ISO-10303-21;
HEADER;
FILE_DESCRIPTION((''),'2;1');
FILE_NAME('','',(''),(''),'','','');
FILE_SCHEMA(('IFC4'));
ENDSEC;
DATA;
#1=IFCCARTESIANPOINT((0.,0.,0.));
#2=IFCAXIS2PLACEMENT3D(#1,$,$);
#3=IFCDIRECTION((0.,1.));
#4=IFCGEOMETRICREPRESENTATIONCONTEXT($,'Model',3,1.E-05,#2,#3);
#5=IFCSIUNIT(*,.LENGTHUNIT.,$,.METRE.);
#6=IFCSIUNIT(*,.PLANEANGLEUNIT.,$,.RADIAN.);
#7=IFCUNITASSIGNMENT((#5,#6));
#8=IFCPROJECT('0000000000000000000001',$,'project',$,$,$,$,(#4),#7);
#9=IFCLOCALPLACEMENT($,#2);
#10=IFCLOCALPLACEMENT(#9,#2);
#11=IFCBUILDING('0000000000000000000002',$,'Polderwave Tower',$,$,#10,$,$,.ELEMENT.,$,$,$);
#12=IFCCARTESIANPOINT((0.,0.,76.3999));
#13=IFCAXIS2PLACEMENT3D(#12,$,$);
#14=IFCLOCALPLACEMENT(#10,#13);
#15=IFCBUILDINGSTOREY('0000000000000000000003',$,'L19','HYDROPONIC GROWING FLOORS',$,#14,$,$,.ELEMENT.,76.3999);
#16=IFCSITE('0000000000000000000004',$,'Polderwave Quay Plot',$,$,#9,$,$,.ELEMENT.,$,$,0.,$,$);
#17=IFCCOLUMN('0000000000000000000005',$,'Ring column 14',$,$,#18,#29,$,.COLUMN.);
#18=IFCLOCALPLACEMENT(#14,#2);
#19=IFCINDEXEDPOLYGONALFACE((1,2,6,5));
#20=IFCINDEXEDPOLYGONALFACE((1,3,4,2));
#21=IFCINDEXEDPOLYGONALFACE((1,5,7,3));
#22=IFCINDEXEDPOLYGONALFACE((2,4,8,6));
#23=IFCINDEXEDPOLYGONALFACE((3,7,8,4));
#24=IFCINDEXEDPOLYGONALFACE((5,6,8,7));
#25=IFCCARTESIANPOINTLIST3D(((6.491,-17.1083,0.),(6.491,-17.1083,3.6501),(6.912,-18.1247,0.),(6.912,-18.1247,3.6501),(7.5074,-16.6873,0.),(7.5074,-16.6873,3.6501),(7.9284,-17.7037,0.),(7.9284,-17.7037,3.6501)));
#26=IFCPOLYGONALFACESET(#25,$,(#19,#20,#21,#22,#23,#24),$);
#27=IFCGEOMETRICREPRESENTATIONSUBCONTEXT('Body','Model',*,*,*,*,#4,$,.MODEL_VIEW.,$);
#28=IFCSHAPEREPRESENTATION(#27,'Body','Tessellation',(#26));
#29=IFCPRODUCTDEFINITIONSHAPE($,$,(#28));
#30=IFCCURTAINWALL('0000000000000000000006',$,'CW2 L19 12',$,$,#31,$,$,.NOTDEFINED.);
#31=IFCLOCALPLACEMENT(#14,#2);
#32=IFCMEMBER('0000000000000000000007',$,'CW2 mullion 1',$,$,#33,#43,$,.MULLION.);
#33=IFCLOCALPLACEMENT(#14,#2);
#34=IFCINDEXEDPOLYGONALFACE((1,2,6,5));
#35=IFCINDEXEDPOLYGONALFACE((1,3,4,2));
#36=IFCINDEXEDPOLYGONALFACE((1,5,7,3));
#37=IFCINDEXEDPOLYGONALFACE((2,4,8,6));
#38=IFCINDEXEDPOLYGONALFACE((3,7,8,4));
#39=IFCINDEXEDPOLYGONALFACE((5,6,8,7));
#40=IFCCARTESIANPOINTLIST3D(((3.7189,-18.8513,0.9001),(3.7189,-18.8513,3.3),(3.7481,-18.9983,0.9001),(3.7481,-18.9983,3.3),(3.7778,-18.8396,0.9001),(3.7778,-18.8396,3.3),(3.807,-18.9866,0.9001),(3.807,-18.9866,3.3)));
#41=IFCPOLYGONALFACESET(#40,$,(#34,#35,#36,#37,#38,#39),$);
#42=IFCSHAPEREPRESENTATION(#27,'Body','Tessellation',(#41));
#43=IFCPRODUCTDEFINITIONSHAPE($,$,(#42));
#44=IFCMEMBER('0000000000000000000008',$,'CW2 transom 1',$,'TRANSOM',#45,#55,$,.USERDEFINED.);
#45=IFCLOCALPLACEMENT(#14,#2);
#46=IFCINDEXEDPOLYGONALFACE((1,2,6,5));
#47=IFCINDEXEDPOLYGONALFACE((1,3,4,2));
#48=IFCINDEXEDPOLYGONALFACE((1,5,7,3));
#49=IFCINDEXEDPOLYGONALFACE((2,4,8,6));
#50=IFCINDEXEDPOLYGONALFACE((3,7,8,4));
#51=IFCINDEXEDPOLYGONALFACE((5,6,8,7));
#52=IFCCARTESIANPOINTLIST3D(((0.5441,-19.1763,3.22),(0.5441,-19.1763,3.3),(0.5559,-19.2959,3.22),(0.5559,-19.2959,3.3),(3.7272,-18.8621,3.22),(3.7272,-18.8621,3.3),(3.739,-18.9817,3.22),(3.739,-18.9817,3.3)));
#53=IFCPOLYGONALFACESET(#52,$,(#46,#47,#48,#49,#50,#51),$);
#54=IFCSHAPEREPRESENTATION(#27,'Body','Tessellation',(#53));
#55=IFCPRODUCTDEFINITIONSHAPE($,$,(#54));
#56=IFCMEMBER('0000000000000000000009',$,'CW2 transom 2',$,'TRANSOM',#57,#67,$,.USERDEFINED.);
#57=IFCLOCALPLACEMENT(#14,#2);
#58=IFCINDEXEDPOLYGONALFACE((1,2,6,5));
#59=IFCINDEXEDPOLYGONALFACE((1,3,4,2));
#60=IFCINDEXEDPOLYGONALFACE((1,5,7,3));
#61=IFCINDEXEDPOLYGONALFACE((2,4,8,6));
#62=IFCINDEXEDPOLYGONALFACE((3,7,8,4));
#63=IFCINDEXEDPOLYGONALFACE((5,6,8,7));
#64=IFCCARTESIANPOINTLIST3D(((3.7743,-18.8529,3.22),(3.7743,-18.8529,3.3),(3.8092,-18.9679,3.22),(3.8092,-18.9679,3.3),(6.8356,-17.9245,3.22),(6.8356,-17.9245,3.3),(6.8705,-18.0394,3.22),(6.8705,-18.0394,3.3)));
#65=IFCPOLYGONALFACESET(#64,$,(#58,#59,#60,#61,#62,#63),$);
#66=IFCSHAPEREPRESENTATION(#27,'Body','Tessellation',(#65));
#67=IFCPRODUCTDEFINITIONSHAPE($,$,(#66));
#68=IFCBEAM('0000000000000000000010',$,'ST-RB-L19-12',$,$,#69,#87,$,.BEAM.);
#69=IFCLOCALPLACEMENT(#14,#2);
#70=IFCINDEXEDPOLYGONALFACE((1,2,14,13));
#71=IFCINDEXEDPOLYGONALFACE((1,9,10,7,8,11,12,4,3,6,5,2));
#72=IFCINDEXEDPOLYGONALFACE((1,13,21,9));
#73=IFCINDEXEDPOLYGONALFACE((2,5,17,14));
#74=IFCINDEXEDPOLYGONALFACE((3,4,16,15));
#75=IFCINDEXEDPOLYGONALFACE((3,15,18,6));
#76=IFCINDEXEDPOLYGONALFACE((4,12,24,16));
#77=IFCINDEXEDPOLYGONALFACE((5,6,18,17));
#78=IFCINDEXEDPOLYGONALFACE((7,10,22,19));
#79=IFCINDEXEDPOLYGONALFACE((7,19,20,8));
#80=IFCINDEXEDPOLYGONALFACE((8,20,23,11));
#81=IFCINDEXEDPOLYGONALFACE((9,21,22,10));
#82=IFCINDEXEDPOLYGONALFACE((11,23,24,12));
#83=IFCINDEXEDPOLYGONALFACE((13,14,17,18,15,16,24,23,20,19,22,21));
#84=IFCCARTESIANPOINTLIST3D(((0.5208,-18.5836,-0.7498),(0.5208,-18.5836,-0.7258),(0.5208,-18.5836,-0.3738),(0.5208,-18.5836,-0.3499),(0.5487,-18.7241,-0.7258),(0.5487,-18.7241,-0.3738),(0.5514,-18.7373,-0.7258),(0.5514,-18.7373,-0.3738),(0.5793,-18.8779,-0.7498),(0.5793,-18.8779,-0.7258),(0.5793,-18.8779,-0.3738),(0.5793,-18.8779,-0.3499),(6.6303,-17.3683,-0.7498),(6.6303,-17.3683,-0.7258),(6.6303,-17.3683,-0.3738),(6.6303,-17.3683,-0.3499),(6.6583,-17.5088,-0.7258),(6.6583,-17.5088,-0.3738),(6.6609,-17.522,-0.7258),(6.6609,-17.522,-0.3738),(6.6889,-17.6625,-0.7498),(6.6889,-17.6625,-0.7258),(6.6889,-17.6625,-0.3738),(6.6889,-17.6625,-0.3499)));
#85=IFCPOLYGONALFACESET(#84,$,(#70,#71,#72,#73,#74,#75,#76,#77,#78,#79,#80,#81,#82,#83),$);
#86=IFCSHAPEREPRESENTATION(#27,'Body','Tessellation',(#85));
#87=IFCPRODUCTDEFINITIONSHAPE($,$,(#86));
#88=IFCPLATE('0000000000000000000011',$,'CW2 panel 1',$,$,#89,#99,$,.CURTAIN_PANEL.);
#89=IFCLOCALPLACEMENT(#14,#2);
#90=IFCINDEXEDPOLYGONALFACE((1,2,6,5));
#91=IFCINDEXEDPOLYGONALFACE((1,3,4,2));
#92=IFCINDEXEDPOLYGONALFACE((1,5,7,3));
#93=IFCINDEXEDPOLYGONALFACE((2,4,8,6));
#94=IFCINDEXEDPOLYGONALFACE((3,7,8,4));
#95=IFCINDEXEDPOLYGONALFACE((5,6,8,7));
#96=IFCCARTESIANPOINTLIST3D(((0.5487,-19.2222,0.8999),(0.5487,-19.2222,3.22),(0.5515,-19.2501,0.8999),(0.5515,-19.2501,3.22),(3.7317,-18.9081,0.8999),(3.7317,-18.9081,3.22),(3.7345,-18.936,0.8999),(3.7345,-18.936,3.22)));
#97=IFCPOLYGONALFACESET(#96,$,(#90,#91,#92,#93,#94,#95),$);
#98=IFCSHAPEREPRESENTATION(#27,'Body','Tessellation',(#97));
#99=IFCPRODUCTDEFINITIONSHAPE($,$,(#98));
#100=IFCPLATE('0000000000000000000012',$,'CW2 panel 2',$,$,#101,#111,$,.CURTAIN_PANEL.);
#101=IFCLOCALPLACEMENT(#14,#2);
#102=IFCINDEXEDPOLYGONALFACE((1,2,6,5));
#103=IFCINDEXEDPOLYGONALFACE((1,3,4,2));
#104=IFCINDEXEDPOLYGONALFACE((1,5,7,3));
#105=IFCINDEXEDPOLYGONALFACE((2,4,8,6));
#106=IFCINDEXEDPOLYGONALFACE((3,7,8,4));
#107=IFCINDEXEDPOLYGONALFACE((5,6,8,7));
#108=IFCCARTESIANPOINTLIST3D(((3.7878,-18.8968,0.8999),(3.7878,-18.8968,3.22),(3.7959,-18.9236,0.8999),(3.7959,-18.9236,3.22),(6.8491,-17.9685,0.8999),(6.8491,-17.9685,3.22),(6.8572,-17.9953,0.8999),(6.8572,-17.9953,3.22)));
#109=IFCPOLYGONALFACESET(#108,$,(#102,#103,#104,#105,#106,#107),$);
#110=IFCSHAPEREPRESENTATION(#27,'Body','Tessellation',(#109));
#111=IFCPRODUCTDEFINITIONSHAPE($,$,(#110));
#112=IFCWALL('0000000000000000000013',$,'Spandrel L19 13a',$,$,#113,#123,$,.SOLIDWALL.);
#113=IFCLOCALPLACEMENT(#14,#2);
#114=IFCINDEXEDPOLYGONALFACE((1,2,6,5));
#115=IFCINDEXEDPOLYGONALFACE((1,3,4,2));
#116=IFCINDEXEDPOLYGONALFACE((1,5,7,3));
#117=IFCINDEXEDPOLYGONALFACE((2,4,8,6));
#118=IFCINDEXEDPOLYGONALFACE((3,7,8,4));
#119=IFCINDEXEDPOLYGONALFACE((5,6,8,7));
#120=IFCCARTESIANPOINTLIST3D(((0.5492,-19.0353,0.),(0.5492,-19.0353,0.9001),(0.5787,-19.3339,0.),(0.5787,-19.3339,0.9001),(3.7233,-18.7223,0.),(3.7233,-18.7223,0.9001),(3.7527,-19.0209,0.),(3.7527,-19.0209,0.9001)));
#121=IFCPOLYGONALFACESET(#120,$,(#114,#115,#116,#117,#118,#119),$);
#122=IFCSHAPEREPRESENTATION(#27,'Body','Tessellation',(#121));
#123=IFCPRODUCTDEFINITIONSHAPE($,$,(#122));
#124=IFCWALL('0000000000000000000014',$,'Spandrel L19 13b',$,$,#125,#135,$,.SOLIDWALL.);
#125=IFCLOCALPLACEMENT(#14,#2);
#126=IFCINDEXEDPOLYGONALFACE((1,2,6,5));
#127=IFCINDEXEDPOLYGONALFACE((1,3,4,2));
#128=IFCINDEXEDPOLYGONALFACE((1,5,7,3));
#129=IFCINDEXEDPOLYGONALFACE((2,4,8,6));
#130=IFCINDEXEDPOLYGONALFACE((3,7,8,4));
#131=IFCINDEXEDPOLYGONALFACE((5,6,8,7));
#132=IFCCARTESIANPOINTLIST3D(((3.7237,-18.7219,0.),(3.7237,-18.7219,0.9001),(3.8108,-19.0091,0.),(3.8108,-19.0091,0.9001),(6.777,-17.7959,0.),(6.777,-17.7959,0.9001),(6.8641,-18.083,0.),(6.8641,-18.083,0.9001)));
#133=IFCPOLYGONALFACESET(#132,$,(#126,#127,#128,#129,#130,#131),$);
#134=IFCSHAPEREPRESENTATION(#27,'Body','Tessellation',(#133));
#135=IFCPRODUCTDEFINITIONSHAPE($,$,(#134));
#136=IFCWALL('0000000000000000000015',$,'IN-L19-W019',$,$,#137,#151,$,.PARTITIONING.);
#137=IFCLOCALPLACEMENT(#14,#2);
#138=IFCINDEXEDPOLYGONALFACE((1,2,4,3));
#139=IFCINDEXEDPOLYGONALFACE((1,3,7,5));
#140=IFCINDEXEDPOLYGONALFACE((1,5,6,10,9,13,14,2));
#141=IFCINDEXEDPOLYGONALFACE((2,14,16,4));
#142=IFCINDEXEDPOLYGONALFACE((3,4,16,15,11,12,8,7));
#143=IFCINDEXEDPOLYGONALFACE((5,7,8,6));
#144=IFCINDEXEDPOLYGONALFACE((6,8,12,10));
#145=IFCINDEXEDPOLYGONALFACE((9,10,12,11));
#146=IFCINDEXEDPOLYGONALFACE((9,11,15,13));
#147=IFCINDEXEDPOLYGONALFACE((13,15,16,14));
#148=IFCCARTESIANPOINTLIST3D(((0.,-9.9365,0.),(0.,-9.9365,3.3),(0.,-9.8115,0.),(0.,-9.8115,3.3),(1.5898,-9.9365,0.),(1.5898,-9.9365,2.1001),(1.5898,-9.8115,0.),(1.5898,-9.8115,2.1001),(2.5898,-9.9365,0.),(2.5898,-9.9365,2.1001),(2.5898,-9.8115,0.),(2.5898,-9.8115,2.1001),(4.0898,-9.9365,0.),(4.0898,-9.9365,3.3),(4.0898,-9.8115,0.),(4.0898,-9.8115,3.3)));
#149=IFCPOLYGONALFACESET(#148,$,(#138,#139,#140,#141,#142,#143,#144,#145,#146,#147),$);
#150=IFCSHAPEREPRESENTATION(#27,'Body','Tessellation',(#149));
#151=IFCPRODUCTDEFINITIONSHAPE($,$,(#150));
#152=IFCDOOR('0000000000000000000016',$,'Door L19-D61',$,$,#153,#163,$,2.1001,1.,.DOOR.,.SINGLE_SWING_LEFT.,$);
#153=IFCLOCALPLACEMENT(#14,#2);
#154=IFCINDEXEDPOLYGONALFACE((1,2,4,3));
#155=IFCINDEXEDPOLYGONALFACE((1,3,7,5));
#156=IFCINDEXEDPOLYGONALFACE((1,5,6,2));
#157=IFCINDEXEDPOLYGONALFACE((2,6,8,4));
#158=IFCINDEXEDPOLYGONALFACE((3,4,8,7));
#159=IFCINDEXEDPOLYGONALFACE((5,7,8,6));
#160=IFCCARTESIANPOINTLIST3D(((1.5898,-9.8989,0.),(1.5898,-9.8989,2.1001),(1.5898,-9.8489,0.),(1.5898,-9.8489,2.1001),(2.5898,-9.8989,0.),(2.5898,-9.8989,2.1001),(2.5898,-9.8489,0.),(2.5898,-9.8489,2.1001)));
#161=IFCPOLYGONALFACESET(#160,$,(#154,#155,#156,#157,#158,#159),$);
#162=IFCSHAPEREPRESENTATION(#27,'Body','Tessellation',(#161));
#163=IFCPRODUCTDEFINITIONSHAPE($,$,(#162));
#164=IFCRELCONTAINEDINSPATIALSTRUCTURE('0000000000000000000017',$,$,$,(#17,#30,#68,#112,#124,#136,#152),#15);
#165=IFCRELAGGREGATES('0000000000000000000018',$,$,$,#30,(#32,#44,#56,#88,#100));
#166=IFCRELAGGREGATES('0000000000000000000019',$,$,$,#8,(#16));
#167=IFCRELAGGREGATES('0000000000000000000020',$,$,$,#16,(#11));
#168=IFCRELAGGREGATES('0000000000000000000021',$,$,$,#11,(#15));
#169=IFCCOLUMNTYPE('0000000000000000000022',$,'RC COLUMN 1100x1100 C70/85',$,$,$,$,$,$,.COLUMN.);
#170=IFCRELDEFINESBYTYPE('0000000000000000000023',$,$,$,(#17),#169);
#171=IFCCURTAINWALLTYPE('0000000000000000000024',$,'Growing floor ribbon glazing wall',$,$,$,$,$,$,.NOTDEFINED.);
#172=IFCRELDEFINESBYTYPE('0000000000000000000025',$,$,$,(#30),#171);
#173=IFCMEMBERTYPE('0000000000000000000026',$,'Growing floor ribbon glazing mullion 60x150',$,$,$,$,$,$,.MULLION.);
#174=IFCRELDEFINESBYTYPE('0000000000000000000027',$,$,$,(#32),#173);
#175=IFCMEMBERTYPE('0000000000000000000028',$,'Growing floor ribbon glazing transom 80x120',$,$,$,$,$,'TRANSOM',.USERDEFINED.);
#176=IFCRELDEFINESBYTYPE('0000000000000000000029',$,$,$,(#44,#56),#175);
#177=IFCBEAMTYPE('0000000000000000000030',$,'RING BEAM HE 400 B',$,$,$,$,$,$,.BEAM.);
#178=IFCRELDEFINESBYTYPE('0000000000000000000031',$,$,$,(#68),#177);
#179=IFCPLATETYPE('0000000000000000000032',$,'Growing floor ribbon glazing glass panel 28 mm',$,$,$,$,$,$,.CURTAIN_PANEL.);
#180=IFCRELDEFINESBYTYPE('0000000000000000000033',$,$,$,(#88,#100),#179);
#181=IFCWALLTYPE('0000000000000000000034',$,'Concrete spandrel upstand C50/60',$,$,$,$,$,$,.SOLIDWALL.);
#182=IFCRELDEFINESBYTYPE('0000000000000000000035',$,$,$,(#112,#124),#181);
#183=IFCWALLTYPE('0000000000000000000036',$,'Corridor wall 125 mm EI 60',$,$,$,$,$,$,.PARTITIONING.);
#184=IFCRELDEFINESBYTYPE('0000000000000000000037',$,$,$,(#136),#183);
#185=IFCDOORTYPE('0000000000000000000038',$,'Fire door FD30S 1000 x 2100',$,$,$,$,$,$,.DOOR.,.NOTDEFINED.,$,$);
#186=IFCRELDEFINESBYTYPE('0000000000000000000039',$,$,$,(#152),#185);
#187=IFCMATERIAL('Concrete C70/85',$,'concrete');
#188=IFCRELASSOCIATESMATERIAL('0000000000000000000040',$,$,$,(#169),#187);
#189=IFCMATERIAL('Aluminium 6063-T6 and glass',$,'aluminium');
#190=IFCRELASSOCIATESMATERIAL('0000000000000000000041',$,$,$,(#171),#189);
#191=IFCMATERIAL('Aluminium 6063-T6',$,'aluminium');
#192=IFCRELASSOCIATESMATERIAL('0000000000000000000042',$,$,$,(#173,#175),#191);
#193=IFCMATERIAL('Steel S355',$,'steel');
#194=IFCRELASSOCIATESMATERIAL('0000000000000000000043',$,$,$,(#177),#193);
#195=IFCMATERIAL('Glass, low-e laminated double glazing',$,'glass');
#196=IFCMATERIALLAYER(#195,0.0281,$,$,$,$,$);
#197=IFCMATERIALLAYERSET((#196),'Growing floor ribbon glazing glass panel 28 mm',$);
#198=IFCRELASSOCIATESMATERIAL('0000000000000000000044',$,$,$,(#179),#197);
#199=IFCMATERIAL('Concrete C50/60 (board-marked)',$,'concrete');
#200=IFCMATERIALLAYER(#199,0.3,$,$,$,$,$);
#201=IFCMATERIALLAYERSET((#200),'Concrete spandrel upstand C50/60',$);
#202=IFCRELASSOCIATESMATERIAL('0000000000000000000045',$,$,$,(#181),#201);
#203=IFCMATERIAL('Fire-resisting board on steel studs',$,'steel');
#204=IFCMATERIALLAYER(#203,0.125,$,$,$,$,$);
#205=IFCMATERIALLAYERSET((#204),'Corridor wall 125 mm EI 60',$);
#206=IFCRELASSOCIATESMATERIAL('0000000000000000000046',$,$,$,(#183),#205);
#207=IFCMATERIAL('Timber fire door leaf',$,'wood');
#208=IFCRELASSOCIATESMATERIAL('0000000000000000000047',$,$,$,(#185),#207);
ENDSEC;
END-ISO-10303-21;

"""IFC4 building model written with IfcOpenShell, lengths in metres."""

from ifc_helpers import new_model, si_unit, direction, frame, frame_2d, origin, origin_2d, place, context, subcontext, project, spatial, rectangle, i_section, extrude, material, layer, layer_set, material_profile, profile_set, type_object, element, fill, aggregate, save


model = new_model("IFC4")

# Units and contexts
model_context = context("Model", 3, precision=1e-05, world=origin(), true_north=direction((0.0, 1.0)))
body_context = subcontext(model_context, "Body", "Model", "MODEL_VIEW")
ifc_project = project(units=[si_unit("LENGTHUNIT", "METRE"), si_unit("PLANEANGLEUNIT", "RADIAN")], contexts=[model_context])

# Site, building, storey
site_placement = place(None, origin())
site = spatial("IfcSite", under=ifc_project, at=site_placement, Name="Polderwave Quay Plot", CompositionType="ELEMENT", RefElevation=0.0)
building_placement = place(site_placement, origin())
building = spatial("IfcBuilding", under=site, at=building_placement, Name="Polderwave Tower", CompositionType="ELEMENT")
storey_placement = place(building_placement, frame((0.0, 0.0, 76.3999)))
storey = spatial("IfcBuildingStorey", under=building, at=storey_placement, Name="L19", Description="HYDROPONIC GROWING FLOORS", CompositionType="ELEMENT", Elevation=76.3999)

# Column
ifc_material_1 = material(Name="Concrete C70/85", Category="concrete")
ifc_material_profile_1 = material_profile(ifc_material_1, rectangle(XDim=1.1001, YDim=1.1001, at=origin_2d()), Name="RC 1100x1100")
ifc_profile_set_1 = profile_set([ifc_material_profile_1], Name="Concrete C70/85")
column_type = type_object("IfcColumnType", Name="RC COLUMN 1100x1100 C70/85", PredefinedType="COLUMN", material=ifc_profile_set_1)
column_placement = place(storey_placement, frame((7.2097, -17.406, 0.0), z_axis=(0.0, 0.0, 1.0), x_axis=(0.382683, -0.92388, 0.0)))
element("IfcColumn", 1, at=column_placement, inside=storey, type_object=column_type, Name="Ring column 14", PredefinedType="COLUMN", context=body_context, shape_type="SweptSolid", body=[
    extrude(rectangle(XDim=1.1001, YDim=1.1001, at=origin_2d()), origin(), (0.0, 0.0, 1.0), 3.6501),
])

# Curtain wall, members
ifc_material_2 = material(Name="Aluminium 6063-T6 and glass", Category="aluminium")
curtain_wall_type = type_object("IfcCurtainWallType", Name="Growing floor ribbon glazing wall", PredefinedType="NOTDEFINED", material=ifc_material_2)
curtain_wall_placement = place(storey_placement, origin())
curtain_wall = element("IfcCurtainWall", 2, at=curtain_wall_placement, inside=storey, type_object=curtain_wall_type, Name="CW2 L19 12", PredefinedType="NOTDEFINED")
ifc_material_3 = material(Name="Aluminium 6063-T6", Category="aluminium")
ifc_material_profile_2 = material_profile(ifc_material_3, rectangle(XDim=0.1499, YDim=0.0601, at=origin_2d()), Name="AL 60x150")
ifc_profile_set_2 = profile_set([ifc_material_profile_2], Name="Aluminium 6063-T6")
member_type_1 = type_object("IfcMemberType", Name="Growing floor ribbon glazing mullion 60x150", PredefinedType="MULLION", material=ifc_profile_set_2)
member_1_placement = place(storey_placement, frame((3.7629, -18.9189, 0.9001), z_axis=(0.0, 0.0, 1.0), x_axis=(-0.195123, 0.980779, 0.0)))
member_1 = element("IfcMember", 3, at=member_1_placement, type_object=member_type_1, Name="CW2 mullion 1", PredefinedType="MULLION", context=body_context, shape_type="SweptSolid", body=[
    extrude(rectangle(XDim=0.1499, YDim=0.0601, at=origin_2d()), origin(), (0.0, 0.0, 1.0), 2.3999),
])
ifc_material_profile_3 = material_profile(ifc_material_3, rectangle(XDim=0.1201, YDim=0.0801, at=origin_2d()), Name="AL 80x120")
ifc_profile_set_3 = profile_set([ifc_material_profile_3], Name="Aluminium 6063-T6")
member_type_2 = type_object("IfcMemberType", Name="Growing floor ribbon glazing transom 80x120", ElementType="TRANSOM", PredefinedType="USERDEFINED", material=ifc_profile_set_3)
member_2_placement = place(storey_placement, frame((0.55, -19.2361, 3.26), z_axis=(0.995163, 0.098234, 0.0), x_axis=(-0.098234, 0.995163, 0.0)))
member_2 = element("IfcMember", 4, at=member_2_placement, type_object=member_type_2, Name="CW2 transom 1", ObjectType="TRANSOM", PredefinedType="USERDEFINED", context=body_context, shape_type="SweptSolid", body=[
    extrude(rectangle(XDim=0.1201, YDim=0.0801, at=origin_2d()), origin(), (0.0, 0.0, 1.0), 3.1985),
])
member_3_placement = place(storey_placement, frame((3.7917, -18.9104, 3.26), z_axis=(0.956954, 0.290238, 0.0), x_axis=(-0.290238, 0.956954, 0.0)))
member_3 = element("IfcMember", 5, at=member_3_placement, type_object=member_type_2, Name="CW2 transom 2", ObjectType="TRANSOM", PredefinedType="USERDEFINED", context=body_context, shape_type="SweptSolid", body=[
    extrude(rectangle(XDim=0.1201, YDim=0.0801, at=origin_2d()), origin(), (0.0, 0.0, 1.0), 3.199),
])

# Beam
ifc_material_4 = material(Name="Steel S355", Category="steel")
ifc_material_profile_4 = material_profile(ifc_material_4, i_section(OverallWidth=0.3, OverallDepth=0.3999, WebThickness=0.0134, FlangeThickness=0.0239, at=origin_2d()), Name="HE 400 B")
ifc_profile_set_4 = profile_set([ifc_material_profile_4], Name="Steel S355")
beam_type = type_object("IfcBeamType", Name="RING BEAM HE 400 B", PredefinedType="BEAM", material=ifc_profile_set_4)
beam_placement = place(storey_placement, frame((0.55, -18.7307, -0.5498), z_axis=(0.980784, 0.195099, 0.0), x_axis=(-0.195099, 0.980784, 0.0)))
element("IfcBeam", 6, at=beam_placement, inside=storey, type_object=beam_type, Name="ST-RB-L19-12", PredefinedType="BEAM", context=body_context, shape_type="SweptSolid", body=[
    extrude(i_section(OverallWidth=0.3, OverallDepth=0.3999, WebThickness=0.0134, FlangeThickness=0.0239, at=origin_2d()), origin(), (0.0, 0.0, 1.0), 6.2292),
])

# Plates
ifc_material_5 = material(Name="Glass, low-e laminated double glazing", Category="glass")
ifc_layer_1 = layer(ifc_material_5, 0.0281)
ifc_layer_set_1 = layer_set([ifc_layer_1], Name="Growing floor ribbon glazing glass panel 28 mm")
plate_type = type_object("IfcPlateType", Name="Growing floor ribbon glazing glass panel 28 mm", PredefinedType="CURTAIN_PANEL", material=ifc_layer_set_1)
plate_1_placement = place(storey_placement, frame((2.1416, -19.0791, 0.8999), z_axis=(0.0, 0.0, 1.0), x_axis=(0.995168, 0.098186, 0.0)))
plate_1 = element("IfcPlate", 7, at=plate_1_placement, type_object=plate_type, Name="CW2 panel 1", PredefinedType="CURTAIN_PANEL", context=body_context, shape_type="SweptSolid", body=[
    extrude(rectangle(XDim=3.1985, YDim=0.0281, at=origin_2d()), origin(), (0.0, 0.0, 1.0), 2.3201),
])
plate_2_placement = place(storey_placement, frame((5.3225, -18.446, 0.8999), z_axis=(0.0, 0.0, 1.0), x_axis=(0.95697, 0.290188, 0.0)))
plate_2 = element("IfcPlate", 8, at=plate_2_placement, type_object=plate_type, Name="CW2 panel 2", PredefinedType="CURTAIN_PANEL", context=body_context, shape_type="SweptSolid", body=[
    extrude(rectangle(XDim=3.199, YDim=0.0281, at=origin_2d()), origin(), (0.0, 0.0, 1.0), 2.3201),
])
aggregate(curtain_wall, [member_1, member_2, member_3, plate_1, plate_2])

# Walls
ifc_material_6 = material(Name="Concrete C50/60 (board-marked)", Category="concrete")
ifc_layer_2 = layer(ifc_material_6, 0.3)
ifc_layer_set_2 = layer_set([ifc_layer_2], Name="Concrete spandrel upstand C50/60")
wall_type_1 = type_object("IfcWallType", Name="Concrete spandrel upstand C50/60", PredefinedType="SOLIDWALL", material=ifc_layer_set_2)
wall_1_placement = place(storey_placement, frame((0.564, -19.1846, 0.0), z_axis=(0.0, 0.0, 1.0), x_axis=(0.995173, 0.098132, 0.0)))
element("IfcWall", 9, at=wall_1_placement, inside=storey, type_object=wall_type_1, Name="Spandrel L19 13a", PredefinedType="SOLIDWALL", context=body_context, shape_type="SweptSolid", body=[
    extrude(rectangle(XDim=3.1895, YDim=0.3, at=frame_2d((1.5947, 0.0))), origin(), (0.0, 0.0, 1.0), 0.9001),
])
wall_2_placement = place(storey_placement, frame((3.7673, -18.8655, 0.0), z_axis=(0.0, 0.0, 1.0), x_axis=(0.956954, 0.290239, 0.0)))
element("IfcWall", 10, at=wall_2_placement, inside=storey, type_object=wall_type_1, Name="Spandrel L19 13b", PredefinedType="SOLIDWALL", context=body_context, shape_type="SweptSolid", body=[
    extrude(rectangle(XDim=3.1907, YDim=0.3, at=frame_2d((1.5952, 0.0))), origin(), (0.0, 0.0, 1.0), 0.9001),
])

# Wall, opening, door
ifc_material_7 = material(Name="Fire-resisting board on steel studs", Category="steel")
ifc_layer_3 = layer(ifc_material_7, 0.125)
ifc_layer_set_3 = layer_set([ifc_layer_3], Name="Corridor wall 125 mm EI 60")
wall_type_2 = type_object("IfcWallType", Name="Corridor wall 125 mm EI 60", PredefinedType="PARTITIONING", material=ifc_layer_set_3)
wall_3_placement = place(storey_placement, frame((4.0898, -9.874, 0.0), z_axis=(0.0, 0.0, 1.0), x_axis=(-1.0, 0.0, 0.0)))
wall_3 = element("IfcWall", 11, at=wall_3_placement, inside=storey, type_object=wall_type_2, Name="IN-L19-W019", PredefinedType="PARTITIONING", context=body_context, shape_type="SweptSolid", body=[
    extrude(rectangle(XDim=4.0898, YDim=0.125, at=frame_2d((2.0449, 0.0))), origin(), (0.0, 0.0, 1.0), 3.3),
])
opening_1_placement = place(wall_3_placement, frame((1.5, 0.0, 0.0)))
opening_1 = element("IfcOpeningElement", 12, at=opening_1_placement, cuts=wall_3, PredefinedType="OPENING", context=body_context, shape_type="SweptSolid", body=[
    extrude(rectangle(XDim=1.0, YDim=2.1001, at=frame_2d((0.5, 1.05))), frame((0.0, 0.0725, 0.0), z_axis=(0.0, -1.0, 0.0), x_axis=(1.0, 0.0, 0.0)), (0.0, 0.0, 1.0), 0.145),
])
ifc_material_8 = material(Name="Timber fire door leaf", Category="wood")
door_type_1 = type_object("IfcDoorType", Name="Fire door FD30S 1000 x 2100", OperationType="NOTDEFINED", PredefinedType="DOOR", material=ifc_material_8)
door_1_placement = place(opening_1_placement, origin())
door_1 = element("IfcDoor", 13, at=door_1_placement, inside=storey, type_object=door_type_1, Name="Door L19-D61", OperationType="SINGLE_SWING_LEFT", OverallHeight=2.1001, OverallWidth=1.0, PredefinedType="DOOR", context=body_context, shape_type="SweptSolid", body=[
    extrude(rectangle(XDim=1.0, YDim=2.1001, at=frame_2d((0.5, 1.05))), frame((0.0, 0.0249, 0.0), z_axis=(0.0, -1.0, 0.0), x_axis=(1.0, 0.0, 0.0)), (0.0, 0.0, 1.0), 0.05),
])
fill(opening_1, door_1)

save(model, "model.ifc")
